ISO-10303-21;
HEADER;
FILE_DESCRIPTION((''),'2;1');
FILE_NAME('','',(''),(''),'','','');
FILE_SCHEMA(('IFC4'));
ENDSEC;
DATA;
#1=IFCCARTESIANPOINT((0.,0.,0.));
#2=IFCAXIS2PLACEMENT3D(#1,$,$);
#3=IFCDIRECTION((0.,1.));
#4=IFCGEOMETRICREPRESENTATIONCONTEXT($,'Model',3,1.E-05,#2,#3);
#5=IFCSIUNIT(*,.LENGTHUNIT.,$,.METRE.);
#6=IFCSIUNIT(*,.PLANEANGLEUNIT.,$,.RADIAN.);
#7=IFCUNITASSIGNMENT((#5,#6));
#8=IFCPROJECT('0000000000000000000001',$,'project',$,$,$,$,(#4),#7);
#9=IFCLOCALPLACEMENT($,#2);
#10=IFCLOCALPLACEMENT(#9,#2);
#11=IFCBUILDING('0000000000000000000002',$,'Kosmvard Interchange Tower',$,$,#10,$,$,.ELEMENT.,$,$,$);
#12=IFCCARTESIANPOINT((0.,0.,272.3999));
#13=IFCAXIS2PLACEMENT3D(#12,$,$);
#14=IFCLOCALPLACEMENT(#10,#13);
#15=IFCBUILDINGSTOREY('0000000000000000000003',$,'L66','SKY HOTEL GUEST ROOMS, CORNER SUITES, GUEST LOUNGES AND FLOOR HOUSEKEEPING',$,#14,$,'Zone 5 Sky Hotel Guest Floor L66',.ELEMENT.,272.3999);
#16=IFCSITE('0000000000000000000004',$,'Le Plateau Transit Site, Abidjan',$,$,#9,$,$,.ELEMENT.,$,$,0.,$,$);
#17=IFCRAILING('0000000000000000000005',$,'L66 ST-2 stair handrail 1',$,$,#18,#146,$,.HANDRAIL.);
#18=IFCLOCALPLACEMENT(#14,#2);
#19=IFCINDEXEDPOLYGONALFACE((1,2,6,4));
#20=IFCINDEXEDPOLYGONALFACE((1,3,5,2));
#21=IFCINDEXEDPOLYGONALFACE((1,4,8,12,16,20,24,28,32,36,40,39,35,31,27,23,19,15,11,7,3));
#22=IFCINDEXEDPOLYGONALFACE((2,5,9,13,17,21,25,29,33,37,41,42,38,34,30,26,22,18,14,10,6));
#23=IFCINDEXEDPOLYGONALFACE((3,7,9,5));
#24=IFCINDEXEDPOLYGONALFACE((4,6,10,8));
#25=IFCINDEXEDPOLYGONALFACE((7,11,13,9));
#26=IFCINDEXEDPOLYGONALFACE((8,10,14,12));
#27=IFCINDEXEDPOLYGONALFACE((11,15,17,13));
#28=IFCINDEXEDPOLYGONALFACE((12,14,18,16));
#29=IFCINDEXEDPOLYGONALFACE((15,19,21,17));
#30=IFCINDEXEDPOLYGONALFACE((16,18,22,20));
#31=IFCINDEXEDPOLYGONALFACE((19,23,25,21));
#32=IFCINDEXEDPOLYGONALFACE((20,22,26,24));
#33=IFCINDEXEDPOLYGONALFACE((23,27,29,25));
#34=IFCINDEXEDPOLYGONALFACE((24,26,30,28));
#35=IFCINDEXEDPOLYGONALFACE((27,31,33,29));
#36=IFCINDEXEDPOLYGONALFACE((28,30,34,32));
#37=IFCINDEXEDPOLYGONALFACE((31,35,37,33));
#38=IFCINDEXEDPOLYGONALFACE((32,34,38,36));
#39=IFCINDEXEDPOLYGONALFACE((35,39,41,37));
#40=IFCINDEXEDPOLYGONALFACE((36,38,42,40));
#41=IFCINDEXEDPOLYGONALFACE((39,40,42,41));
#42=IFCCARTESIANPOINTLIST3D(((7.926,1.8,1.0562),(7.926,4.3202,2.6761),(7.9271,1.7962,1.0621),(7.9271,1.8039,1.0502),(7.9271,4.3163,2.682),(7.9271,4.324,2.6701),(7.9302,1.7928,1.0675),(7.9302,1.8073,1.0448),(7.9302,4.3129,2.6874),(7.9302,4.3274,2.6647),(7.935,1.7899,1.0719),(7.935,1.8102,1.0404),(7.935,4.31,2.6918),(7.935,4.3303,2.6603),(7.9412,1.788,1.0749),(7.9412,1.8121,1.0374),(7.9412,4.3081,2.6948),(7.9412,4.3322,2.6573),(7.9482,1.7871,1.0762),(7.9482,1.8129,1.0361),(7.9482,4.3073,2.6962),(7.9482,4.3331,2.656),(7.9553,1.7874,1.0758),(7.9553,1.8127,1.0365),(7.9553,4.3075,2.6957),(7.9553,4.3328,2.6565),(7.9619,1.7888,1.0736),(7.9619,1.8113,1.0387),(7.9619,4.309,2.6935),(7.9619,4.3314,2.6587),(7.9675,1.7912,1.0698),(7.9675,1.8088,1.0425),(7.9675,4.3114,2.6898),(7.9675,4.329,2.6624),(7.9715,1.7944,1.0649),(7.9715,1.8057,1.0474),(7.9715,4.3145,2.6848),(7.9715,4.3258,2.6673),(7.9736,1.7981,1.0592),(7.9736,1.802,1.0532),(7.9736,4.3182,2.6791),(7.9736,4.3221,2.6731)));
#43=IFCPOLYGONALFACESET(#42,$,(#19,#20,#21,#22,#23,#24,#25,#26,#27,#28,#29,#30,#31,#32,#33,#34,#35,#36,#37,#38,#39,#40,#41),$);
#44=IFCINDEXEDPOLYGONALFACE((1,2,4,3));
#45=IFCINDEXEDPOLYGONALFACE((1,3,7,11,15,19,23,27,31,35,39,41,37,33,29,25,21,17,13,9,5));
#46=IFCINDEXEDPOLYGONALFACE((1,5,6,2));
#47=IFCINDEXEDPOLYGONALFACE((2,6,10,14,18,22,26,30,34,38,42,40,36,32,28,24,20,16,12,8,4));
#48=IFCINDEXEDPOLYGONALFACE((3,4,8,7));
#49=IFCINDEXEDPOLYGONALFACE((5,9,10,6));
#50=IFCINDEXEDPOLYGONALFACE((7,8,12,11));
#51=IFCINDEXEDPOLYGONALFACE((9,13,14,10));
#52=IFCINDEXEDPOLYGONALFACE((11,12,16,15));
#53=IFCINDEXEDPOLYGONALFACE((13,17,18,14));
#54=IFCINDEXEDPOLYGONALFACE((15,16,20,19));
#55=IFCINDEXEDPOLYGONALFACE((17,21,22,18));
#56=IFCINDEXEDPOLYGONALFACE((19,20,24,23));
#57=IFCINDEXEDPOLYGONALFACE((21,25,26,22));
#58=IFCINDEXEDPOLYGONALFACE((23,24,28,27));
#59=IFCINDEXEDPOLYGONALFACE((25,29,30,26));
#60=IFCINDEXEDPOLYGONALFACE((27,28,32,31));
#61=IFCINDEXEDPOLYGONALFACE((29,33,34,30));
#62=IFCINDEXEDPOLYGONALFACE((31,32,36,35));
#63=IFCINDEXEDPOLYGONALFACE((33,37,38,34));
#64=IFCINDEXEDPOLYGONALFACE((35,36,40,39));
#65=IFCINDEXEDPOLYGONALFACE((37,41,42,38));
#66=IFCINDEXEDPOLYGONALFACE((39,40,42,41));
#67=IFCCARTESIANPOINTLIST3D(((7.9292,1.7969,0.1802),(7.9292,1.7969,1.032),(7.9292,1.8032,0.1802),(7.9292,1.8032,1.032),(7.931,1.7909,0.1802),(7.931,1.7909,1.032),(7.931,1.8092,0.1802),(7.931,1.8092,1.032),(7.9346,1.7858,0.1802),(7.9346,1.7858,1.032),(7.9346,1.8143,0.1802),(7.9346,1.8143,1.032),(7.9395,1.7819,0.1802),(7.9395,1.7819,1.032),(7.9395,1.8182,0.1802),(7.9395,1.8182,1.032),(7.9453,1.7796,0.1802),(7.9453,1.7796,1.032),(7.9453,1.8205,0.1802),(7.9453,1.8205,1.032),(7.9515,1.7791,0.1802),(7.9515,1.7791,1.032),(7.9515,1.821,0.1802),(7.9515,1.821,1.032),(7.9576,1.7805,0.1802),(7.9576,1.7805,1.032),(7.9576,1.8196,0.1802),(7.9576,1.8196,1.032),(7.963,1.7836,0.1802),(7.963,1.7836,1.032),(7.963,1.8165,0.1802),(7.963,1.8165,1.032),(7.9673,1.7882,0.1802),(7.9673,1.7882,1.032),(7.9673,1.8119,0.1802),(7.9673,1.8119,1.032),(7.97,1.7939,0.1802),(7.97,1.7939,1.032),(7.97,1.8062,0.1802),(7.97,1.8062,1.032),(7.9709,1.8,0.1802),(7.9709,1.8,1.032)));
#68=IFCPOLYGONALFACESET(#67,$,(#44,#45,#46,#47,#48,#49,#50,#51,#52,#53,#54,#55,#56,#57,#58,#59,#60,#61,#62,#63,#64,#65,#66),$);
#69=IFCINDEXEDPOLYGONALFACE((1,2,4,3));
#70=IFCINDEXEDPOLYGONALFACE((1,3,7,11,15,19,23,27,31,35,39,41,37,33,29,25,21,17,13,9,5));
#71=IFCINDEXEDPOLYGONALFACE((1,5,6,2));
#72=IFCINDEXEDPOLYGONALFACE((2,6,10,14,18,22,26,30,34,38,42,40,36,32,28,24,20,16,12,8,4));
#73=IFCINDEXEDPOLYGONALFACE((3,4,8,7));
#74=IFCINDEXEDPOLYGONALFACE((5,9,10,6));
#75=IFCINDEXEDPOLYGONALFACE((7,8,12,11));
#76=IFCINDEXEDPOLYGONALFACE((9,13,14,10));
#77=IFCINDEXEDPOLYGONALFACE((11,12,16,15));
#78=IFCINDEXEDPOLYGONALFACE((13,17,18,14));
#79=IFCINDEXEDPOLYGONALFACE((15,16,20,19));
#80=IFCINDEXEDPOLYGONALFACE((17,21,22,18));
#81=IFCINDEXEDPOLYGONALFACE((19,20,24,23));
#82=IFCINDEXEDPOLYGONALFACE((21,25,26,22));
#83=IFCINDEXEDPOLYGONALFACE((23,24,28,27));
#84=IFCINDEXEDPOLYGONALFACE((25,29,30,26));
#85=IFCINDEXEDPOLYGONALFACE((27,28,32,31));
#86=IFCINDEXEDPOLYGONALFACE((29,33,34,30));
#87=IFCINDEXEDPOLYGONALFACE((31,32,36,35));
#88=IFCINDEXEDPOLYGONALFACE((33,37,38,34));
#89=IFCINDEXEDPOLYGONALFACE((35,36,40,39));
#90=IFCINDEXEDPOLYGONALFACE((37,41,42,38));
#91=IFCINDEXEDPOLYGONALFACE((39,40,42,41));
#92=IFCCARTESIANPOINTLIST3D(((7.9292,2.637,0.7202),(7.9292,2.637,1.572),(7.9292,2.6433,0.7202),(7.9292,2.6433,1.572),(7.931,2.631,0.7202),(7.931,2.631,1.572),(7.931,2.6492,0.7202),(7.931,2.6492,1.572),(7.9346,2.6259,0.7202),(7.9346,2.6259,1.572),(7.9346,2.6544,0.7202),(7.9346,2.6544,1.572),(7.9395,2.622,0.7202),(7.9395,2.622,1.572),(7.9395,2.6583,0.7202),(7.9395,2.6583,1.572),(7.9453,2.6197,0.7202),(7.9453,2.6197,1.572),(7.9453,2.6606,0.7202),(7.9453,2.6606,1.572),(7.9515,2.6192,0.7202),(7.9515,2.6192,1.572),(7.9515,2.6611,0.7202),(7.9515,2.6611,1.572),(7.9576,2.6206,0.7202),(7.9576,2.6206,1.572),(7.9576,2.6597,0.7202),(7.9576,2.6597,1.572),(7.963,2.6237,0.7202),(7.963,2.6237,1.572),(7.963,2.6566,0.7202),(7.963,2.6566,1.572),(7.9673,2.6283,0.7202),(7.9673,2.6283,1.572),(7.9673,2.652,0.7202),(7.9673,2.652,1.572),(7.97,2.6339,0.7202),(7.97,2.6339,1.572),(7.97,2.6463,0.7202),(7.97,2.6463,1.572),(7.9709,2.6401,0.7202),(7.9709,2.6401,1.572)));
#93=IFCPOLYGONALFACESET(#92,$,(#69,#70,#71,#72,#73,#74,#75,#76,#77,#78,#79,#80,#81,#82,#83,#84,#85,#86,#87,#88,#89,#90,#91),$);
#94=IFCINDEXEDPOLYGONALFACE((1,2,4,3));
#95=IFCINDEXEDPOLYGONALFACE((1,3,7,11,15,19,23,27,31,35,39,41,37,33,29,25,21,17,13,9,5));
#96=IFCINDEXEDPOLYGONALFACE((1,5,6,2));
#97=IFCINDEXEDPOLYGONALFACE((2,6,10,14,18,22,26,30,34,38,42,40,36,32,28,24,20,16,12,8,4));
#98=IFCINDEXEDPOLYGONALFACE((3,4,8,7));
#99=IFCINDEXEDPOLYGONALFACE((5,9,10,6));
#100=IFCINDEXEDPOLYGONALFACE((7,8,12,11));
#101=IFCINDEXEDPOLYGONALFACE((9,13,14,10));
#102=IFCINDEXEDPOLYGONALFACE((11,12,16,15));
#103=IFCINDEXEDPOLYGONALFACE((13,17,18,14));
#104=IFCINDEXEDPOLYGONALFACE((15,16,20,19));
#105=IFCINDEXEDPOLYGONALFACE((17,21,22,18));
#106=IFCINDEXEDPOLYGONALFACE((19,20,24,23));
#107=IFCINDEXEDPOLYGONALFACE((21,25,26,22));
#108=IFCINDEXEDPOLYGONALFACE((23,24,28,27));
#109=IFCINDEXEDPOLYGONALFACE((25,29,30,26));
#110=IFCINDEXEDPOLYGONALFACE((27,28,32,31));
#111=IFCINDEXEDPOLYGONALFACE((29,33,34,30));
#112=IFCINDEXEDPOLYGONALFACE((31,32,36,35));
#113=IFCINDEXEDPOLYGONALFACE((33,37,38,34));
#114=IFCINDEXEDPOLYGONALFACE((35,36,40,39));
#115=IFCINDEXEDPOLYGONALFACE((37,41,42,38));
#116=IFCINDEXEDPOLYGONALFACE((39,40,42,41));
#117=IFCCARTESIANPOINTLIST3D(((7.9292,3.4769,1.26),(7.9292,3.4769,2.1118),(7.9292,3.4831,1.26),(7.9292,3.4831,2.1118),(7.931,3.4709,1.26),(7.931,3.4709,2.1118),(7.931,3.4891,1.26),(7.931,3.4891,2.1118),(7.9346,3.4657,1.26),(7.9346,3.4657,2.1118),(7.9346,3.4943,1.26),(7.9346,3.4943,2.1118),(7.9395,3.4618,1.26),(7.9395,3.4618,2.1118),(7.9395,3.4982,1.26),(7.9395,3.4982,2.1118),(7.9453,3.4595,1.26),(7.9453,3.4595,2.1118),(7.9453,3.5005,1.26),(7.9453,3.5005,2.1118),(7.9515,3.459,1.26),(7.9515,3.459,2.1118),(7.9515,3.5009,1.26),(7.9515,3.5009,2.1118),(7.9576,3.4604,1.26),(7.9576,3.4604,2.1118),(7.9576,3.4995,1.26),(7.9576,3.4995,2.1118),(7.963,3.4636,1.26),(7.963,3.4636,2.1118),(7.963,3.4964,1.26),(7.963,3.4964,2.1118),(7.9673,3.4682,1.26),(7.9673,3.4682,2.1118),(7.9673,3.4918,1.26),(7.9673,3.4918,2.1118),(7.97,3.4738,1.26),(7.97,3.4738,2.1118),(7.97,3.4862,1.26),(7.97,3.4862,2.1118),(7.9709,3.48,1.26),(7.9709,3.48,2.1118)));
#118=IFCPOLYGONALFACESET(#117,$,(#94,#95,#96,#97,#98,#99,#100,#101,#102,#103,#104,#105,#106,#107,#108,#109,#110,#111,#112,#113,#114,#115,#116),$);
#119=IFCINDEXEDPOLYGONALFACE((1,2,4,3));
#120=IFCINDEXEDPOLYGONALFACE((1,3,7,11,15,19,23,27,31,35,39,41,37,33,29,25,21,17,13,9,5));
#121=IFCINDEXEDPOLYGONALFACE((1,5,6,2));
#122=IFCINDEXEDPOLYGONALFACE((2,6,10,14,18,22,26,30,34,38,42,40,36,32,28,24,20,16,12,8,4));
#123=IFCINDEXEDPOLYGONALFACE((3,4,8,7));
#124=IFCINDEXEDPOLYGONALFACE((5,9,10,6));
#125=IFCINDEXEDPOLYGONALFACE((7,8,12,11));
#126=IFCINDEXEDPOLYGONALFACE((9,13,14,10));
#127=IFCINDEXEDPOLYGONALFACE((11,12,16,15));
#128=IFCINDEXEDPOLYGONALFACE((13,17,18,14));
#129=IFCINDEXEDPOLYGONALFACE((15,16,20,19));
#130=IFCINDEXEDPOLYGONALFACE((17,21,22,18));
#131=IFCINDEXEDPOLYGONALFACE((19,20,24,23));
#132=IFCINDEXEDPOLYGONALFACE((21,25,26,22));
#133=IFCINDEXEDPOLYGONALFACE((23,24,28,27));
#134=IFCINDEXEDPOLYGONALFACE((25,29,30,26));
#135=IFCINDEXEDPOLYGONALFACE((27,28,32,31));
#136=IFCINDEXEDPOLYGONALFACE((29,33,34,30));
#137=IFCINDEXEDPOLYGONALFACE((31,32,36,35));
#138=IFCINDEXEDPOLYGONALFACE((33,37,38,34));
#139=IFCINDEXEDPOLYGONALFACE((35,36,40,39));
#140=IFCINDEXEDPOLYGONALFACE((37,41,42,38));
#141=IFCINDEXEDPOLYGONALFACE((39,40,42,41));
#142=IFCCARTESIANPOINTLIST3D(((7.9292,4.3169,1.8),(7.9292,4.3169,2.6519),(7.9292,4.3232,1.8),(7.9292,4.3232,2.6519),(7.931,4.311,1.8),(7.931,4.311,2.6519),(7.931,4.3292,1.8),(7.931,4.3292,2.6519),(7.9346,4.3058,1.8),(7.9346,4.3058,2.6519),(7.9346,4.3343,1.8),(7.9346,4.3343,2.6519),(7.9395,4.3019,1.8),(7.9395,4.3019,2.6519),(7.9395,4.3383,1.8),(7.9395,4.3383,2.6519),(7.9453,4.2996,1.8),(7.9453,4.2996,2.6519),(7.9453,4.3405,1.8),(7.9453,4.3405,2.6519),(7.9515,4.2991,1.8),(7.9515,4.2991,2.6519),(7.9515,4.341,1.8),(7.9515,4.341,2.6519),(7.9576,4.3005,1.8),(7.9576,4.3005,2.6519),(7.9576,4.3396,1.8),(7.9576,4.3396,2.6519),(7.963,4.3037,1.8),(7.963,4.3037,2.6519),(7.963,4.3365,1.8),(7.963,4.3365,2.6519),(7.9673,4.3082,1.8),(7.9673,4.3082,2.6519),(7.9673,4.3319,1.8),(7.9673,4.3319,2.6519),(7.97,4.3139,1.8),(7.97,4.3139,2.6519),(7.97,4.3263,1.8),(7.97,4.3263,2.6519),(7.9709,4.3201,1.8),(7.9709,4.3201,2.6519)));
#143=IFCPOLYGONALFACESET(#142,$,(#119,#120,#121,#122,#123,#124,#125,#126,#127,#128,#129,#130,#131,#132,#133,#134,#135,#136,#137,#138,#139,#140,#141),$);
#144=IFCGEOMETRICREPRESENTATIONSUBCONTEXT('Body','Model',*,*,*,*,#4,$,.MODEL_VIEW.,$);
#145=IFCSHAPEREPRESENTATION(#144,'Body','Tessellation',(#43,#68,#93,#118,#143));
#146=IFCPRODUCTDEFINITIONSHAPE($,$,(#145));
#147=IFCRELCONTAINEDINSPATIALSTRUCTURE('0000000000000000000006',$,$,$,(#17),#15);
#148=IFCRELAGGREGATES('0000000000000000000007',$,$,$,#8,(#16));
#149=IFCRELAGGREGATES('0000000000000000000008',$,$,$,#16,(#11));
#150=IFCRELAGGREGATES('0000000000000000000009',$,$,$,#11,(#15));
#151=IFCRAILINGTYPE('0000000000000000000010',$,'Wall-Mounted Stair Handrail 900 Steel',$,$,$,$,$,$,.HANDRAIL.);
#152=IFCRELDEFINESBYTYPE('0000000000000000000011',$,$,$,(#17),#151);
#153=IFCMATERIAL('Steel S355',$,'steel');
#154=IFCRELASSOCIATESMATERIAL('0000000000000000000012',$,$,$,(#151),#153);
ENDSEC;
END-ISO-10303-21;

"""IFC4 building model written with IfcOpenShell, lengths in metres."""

from ifc_helpers import new_model, si_unit, direction, frame, origin, origin_2d, place, context, subcontext, project, spatial, circle, extrude, source, transform, mapped, material, type_object, element, save


model = new_model("IFC4")

# Units and contexts
model_context = context("Model", 3, precision=1e-05, world=origin(), true_north=direction((0.0, 1.0)))
body_context = subcontext(model_context, "Body", "Model", "MODEL_VIEW")
ifc_project = project(units=[si_unit("LENGTHUNIT", "METRE"), si_unit("PLANEANGLEUNIT", "RADIAN")], contexts=[model_context])

# Site, building, storey
site_placement = place(None, origin())
site = spatial("IfcSite", under=ifc_project, at=site_placement, Name="Le Plateau Transit Site, Abidjan", CompositionType="ELEMENT", RefElevation=0.0)
building_placement = place(site_placement, origin())
building = spatial("IfcBuilding", under=site, at=building_placement, Name="Kosmvard Interchange Tower", CompositionType="ELEMENT")
storey_placement = place(building_placement, frame((0.0, 0.0, 272.3999)))
storey = spatial("IfcBuildingStorey", under=building, at=storey_placement, Name="L66", Description="SKY HOTEL GUEST ROOMS, CORNER SUITES, GUEST LOUNGES AND FLOOR HOUSEKEEPING", LongName="Zone 5 Sky Hotel Guest Floor L66", CompositionType="ELEMENT", Elevation=272.3999)

# Shared definitions
ifc_material_1 = material(Name="Steel S355", Category="steel")

# Railing
railing_type_1 = type_object("IfcRailingType", Name="Wall-Mounted Stair Handrail 900 Steel", PredefinedType="HANDRAIL", material=ifc_material_1)
shared_shape_1 = source(origin(), body_context, "Body", "SweptSolid", [
    extrude(circle(Radius=0.0239, at=origin_2d()), frame((0.0, 0.0, 0.876), z_axis=(0.0, 0.8412, 0.540725), x_axis=(-1.0, 0.0, 0.0)), (0.0, 0.0, 1.0), 2.9958),
    extrude(circle(Radius=0.021, at=origin_2d()), origin(), (0.0, 0.0, 1.0), 0.8518),
    extrude(circle(Radius=0.021, at=origin_2d()), frame((0.0, 0.8401, 0.54)), (0.0, 0.0, 1.0), 0.8518),
    extrude(circle(Radius=0.021, at=origin_2d()), frame((0.0, 1.6799, 1.0798)), (0.0, 0.0, 1.0), 0.8518),
    extrude(circle(Radius=0.021, at=origin_2d()), frame((0.0, 2.52, 1.6199)), (0.0, 0.0, 1.0), 0.8518),
])
railing_1_placement = place(storey_placement, frame((7.95, 1.8, 0.1802)))
element("IfcRailing", 1, at=railing_1_placement, inside=storey, type_object=railing_type_1, Name="L66 ST-2 stair handrail 1", PredefinedType="HANDRAIL", context=body_context, shape_type="MappedRepresentation", body=[
    mapped(shared_shape_1, transform((0.0, 0.0, 0.0), scale=1.0)),
])

save(model, "model.ifc")
